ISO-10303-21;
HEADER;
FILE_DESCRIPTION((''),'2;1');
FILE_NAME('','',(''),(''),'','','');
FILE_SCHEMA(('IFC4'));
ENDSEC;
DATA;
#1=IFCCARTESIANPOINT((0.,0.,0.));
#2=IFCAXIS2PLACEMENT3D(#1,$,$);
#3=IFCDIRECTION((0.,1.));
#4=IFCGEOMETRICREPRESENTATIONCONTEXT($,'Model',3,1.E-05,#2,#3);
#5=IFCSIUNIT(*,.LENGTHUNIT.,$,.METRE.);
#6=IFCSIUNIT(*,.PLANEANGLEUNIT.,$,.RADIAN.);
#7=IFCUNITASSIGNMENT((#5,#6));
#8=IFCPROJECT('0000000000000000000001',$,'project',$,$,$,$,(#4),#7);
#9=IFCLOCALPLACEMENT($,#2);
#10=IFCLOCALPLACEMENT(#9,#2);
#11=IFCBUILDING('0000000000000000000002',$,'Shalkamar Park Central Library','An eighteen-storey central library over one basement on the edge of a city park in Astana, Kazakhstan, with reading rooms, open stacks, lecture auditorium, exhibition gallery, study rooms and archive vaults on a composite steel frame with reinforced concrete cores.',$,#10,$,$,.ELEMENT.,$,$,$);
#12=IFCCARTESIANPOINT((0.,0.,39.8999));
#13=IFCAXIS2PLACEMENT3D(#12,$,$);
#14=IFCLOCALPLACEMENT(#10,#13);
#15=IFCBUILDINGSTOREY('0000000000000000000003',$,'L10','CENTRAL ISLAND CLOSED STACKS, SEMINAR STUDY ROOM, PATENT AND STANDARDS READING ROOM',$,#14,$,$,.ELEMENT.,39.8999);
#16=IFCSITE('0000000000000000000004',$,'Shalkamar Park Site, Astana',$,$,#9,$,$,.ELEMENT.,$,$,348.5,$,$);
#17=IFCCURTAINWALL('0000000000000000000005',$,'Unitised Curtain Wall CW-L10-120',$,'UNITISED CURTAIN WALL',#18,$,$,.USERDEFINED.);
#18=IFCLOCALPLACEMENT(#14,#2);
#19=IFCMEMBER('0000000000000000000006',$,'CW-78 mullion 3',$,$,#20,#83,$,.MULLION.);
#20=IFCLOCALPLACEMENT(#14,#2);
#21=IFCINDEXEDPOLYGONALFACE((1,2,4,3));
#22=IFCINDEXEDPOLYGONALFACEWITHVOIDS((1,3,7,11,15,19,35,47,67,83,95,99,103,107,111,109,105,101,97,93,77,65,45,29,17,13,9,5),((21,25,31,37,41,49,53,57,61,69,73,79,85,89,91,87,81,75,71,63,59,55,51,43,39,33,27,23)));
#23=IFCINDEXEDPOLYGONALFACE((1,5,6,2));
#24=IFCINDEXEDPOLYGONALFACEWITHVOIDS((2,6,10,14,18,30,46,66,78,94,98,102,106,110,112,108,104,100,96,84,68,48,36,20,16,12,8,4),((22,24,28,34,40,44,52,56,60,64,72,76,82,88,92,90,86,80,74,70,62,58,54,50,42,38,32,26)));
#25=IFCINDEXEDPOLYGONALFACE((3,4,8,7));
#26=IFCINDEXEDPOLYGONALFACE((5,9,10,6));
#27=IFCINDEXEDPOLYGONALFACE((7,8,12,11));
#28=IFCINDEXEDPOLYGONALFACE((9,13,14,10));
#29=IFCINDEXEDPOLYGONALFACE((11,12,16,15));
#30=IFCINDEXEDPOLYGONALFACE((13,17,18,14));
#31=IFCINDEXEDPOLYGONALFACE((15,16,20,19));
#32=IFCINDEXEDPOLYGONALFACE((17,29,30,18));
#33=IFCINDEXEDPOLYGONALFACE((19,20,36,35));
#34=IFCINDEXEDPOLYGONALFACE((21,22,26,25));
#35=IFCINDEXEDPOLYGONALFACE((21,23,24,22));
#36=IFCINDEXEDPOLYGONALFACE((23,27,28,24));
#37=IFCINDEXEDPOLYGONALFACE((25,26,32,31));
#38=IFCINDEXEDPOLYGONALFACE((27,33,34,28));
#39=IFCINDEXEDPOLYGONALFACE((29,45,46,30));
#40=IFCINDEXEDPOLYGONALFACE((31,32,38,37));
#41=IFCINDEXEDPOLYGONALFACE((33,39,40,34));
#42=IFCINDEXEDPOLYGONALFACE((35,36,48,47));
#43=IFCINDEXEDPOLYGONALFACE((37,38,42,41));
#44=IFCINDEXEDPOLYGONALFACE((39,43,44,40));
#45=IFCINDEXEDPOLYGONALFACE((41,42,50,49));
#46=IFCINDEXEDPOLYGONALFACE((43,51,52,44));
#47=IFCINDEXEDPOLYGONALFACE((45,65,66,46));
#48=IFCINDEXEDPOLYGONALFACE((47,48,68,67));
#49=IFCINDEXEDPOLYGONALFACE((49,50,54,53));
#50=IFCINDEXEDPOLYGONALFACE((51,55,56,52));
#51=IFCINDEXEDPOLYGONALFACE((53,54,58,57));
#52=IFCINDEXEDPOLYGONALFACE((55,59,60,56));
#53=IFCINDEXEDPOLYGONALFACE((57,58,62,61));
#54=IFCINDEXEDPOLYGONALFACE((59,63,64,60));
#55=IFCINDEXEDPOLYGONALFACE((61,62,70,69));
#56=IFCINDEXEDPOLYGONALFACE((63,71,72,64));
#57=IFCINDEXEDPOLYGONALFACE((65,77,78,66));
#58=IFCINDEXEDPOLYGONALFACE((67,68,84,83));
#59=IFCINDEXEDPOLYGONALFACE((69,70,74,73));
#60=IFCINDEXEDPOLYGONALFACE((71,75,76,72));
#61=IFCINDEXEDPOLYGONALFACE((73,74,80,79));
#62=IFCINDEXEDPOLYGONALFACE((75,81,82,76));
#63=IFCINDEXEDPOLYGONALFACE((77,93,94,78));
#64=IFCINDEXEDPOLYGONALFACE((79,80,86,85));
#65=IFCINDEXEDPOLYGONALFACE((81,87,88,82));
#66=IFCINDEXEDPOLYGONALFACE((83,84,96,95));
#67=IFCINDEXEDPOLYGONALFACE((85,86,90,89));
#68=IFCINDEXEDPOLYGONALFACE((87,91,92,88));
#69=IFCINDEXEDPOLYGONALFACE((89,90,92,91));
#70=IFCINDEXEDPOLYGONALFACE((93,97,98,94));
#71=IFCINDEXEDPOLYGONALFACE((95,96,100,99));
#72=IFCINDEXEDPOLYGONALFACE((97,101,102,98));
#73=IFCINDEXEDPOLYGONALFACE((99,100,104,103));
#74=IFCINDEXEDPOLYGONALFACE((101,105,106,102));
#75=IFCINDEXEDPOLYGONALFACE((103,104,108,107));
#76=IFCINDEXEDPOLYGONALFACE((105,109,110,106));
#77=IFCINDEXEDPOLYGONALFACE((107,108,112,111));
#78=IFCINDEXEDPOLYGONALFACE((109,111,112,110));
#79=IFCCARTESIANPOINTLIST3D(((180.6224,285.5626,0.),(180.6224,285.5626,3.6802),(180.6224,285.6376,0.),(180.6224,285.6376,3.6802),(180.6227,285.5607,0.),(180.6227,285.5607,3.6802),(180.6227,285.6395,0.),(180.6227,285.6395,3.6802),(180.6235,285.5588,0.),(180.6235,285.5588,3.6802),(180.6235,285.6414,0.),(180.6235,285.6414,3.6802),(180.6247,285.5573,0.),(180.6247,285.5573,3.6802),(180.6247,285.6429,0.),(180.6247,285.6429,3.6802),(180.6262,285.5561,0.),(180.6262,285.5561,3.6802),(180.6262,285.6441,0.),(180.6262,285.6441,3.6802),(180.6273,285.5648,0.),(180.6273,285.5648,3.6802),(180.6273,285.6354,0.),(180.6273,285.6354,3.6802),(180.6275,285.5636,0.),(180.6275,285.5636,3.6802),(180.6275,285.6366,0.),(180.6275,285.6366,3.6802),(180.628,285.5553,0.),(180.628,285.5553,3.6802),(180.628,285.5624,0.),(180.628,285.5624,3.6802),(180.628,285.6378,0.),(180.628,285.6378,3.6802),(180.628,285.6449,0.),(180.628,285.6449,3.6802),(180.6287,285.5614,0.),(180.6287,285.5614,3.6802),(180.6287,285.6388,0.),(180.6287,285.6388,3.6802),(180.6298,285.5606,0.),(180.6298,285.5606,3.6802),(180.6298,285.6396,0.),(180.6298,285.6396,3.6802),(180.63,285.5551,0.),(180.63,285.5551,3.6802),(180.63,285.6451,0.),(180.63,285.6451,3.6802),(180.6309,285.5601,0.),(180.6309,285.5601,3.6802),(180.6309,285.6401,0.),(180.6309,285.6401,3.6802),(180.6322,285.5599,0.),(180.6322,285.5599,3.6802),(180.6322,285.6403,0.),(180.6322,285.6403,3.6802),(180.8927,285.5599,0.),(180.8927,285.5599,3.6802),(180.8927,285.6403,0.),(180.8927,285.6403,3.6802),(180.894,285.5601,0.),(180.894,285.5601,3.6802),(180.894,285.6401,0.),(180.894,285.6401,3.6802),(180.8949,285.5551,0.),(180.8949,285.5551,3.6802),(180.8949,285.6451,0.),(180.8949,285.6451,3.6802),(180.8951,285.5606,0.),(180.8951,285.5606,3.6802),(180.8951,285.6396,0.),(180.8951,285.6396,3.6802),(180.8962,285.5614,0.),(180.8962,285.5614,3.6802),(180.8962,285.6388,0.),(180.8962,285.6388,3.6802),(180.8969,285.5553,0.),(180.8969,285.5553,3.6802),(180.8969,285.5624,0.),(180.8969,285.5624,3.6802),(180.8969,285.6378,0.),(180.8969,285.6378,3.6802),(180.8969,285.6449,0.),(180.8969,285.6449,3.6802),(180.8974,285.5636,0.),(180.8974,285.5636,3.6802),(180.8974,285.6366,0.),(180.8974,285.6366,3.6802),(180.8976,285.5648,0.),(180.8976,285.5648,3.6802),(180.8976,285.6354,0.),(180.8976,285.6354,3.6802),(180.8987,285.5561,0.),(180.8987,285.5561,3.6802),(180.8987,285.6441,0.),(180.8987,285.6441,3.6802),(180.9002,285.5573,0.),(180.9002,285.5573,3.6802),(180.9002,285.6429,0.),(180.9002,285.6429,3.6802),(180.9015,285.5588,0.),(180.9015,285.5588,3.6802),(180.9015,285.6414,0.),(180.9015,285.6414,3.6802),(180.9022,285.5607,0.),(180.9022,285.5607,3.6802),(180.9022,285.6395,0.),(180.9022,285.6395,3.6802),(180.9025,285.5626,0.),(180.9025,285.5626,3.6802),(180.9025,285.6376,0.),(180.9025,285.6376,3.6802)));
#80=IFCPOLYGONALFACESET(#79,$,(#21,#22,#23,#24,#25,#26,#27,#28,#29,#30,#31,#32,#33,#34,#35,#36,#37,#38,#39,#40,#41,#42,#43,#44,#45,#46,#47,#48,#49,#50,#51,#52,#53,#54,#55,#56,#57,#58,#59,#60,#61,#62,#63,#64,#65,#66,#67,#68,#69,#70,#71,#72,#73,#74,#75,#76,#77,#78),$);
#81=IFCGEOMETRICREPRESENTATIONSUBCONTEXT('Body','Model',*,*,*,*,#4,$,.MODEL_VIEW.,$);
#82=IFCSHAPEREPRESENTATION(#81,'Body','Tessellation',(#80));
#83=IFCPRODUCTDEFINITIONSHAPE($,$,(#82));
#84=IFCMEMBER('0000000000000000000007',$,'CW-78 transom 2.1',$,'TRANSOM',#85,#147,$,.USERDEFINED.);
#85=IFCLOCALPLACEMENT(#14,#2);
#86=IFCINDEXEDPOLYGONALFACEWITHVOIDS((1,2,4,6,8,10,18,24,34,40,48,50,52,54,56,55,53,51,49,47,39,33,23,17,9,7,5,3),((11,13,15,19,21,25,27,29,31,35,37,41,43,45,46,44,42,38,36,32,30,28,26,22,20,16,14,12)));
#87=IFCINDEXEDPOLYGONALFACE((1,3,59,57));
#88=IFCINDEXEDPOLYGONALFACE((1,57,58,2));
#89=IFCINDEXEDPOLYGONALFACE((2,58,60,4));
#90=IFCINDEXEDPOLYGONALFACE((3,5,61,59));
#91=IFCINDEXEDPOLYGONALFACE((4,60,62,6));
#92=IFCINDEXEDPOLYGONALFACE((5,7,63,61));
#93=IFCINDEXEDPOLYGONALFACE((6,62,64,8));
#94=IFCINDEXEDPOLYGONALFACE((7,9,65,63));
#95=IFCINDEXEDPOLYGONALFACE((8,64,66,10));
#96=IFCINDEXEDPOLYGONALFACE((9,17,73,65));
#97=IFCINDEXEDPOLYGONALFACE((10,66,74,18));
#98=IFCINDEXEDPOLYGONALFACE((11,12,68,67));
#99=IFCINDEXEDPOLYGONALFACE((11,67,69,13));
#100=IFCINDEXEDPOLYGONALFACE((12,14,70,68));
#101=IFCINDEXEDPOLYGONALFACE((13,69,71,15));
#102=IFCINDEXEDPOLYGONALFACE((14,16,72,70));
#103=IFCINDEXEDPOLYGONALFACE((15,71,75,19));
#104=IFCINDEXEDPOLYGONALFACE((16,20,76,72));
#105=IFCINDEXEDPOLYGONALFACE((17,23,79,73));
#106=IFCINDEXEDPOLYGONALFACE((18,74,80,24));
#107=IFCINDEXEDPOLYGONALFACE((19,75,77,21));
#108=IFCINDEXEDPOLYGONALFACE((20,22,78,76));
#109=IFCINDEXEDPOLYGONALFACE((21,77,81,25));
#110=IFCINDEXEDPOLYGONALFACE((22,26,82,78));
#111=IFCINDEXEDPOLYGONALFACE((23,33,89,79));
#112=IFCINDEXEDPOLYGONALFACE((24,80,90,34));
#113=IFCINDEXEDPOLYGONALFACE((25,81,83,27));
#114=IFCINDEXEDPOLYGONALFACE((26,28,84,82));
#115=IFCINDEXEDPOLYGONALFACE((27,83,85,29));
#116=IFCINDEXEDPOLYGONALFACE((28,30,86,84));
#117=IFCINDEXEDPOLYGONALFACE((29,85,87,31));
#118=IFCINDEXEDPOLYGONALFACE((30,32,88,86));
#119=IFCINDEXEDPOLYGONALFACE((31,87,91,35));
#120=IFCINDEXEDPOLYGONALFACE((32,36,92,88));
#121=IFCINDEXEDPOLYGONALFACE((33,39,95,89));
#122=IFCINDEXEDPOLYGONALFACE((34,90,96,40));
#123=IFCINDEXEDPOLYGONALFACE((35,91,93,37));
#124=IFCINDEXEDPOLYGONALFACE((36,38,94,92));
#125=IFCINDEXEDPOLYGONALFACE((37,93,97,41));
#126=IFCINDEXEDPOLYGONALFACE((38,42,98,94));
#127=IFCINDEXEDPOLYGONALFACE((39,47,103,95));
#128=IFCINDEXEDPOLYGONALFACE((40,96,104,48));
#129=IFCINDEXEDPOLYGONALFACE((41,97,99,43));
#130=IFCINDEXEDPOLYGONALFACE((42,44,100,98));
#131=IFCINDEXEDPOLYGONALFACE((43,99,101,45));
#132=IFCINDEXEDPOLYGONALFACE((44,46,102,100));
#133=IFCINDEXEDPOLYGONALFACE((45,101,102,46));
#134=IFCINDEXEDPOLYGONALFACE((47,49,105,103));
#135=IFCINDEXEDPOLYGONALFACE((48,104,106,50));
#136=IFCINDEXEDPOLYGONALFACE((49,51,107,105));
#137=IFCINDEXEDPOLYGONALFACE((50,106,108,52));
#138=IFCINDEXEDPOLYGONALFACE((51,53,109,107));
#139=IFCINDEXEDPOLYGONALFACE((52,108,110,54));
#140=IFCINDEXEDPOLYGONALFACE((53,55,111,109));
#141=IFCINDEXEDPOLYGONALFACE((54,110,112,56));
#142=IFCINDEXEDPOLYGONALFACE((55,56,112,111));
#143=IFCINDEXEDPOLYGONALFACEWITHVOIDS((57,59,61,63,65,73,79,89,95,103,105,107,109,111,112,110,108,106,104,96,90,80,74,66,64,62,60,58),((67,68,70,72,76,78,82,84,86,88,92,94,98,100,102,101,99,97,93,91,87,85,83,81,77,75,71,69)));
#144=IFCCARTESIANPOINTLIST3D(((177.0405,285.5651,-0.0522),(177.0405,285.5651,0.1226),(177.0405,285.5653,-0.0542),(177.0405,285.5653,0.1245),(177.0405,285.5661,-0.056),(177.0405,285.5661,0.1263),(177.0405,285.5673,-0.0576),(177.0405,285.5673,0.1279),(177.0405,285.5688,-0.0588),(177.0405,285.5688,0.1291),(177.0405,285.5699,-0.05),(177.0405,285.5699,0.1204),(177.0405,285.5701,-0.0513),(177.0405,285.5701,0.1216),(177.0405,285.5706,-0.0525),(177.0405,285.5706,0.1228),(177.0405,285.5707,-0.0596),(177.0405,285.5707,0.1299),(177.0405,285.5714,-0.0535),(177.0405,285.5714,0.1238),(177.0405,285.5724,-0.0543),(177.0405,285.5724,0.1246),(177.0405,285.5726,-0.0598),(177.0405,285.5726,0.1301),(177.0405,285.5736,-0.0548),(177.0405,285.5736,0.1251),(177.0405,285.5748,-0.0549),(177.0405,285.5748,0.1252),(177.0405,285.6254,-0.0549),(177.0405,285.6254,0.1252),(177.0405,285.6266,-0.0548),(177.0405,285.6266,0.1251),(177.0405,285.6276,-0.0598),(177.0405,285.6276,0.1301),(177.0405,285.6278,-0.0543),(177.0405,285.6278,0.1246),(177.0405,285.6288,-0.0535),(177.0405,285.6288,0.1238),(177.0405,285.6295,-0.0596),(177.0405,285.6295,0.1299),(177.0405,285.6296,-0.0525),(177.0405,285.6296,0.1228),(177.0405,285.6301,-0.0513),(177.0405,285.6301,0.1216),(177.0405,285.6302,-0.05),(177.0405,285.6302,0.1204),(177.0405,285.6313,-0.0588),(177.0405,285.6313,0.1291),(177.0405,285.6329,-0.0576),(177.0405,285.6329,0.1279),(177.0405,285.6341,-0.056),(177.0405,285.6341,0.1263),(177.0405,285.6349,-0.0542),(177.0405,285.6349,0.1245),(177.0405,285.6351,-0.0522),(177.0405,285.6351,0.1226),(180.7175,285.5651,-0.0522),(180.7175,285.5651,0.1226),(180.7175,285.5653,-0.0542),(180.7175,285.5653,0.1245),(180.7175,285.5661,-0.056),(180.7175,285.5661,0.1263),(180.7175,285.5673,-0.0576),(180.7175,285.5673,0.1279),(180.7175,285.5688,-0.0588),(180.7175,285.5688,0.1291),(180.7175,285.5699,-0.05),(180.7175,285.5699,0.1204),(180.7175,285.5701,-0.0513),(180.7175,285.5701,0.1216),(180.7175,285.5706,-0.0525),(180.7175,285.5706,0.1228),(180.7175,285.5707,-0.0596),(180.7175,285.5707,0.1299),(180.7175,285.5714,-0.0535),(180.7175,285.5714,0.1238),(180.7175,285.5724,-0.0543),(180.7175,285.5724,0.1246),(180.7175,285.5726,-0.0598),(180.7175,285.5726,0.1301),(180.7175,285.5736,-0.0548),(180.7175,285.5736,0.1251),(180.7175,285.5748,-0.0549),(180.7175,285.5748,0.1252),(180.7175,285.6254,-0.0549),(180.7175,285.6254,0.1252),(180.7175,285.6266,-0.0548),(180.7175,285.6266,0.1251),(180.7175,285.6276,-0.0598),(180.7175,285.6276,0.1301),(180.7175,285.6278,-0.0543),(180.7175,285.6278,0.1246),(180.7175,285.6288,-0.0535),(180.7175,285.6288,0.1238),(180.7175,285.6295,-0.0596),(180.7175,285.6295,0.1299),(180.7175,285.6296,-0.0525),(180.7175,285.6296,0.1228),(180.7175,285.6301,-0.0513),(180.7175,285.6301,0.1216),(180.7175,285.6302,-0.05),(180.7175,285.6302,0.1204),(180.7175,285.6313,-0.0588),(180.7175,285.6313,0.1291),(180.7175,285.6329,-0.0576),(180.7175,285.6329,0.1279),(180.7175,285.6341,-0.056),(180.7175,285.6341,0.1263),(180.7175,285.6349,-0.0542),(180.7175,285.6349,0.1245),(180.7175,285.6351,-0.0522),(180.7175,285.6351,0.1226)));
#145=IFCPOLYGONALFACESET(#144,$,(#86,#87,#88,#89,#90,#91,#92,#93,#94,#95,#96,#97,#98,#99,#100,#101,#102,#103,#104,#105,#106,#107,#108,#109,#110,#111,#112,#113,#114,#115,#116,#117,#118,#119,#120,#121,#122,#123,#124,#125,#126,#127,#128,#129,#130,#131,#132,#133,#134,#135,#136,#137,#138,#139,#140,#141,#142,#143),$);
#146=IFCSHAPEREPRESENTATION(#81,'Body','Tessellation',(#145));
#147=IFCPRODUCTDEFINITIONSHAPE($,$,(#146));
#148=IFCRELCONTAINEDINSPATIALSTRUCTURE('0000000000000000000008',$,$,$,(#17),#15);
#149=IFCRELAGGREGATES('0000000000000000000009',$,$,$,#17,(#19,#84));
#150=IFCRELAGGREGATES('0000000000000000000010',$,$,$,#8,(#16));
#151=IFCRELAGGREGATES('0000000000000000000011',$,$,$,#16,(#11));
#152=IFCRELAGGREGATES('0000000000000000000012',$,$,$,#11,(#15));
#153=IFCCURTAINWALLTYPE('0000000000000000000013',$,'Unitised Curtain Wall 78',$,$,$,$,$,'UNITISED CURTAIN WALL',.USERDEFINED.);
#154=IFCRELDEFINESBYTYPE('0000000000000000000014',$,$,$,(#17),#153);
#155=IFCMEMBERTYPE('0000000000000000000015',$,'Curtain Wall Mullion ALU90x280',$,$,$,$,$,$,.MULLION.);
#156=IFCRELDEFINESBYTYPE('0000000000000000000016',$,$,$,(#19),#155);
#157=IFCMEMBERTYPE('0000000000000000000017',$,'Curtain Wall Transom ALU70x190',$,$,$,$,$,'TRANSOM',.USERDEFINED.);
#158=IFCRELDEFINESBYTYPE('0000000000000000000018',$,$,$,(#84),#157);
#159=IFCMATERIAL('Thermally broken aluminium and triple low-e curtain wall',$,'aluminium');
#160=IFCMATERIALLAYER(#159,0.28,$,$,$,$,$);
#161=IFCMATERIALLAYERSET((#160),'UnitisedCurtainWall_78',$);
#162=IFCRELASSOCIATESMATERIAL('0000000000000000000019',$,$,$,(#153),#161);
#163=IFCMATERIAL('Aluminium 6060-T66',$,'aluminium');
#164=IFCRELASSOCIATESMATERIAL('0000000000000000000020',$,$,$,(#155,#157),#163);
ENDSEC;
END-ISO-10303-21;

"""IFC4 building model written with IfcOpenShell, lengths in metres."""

from ifc_helpers import new_model, si_unit, direction, frame, origin, origin_2d, place, context, subcontext, project, spatial, hollow_rectangle, extrude, material, layer, layer_set, material_profile, profile_set, type_object, element, aggregate, save


model = new_model("IFC4")

# Units and contexts
model_context = context("Model", 3, precision=1e-05, world=origin(), true_north=direction((0.0, 1.0)))
body_context = subcontext(model_context, "Body", "Model", "MODEL_VIEW")
ifc_project = project(units=[si_unit("LENGTHUNIT", "METRE"), si_unit("PLANEANGLEUNIT", "RADIAN")], contexts=[model_context])

# Site, building, storey
site_placement = place(None, origin())
site = spatial("IfcSite", under=ifc_project, at=site_placement, Name="Shalkamar Park Site, Astana", CompositionType="ELEMENT", RefElevation=348.5)
building_placement = place(site_placement, origin())
building = spatial("IfcBuilding", under=site, at=building_placement, Name="Shalkamar Park Central Library", Description="An eighteen-storey central library over one basement on the edge of a city park in Astana, Kazakhstan, with reading rooms, open stacks, lecture auditorium, exhibition gallery, study rooms and archive vaults on a composite steel frame with reinforced concrete cores.", CompositionType="ELEMENT")
storey_placement = place(building_placement, frame((0.0, 0.0, 39.8999)))
storey = spatial("IfcBuildingStorey", under=building, at=storey_placement, Name="L10", Description="CENTRAL ISLAND CLOSED STACKS, SEMINAR STUDY ROOM, PATENT AND STANDARDS READING ROOM", CompositionType="ELEMENT", Elevation=39.8999)

# Shared definitions
ifc_material_1 = material(Name="Thermally broken aluminium and triple low-e curtain wall", Category="aluminium")
ifc_material_2 = material(Name="Aluminium 6060-T66", Category="aluminium")

# Curtain wall, members
ifc_layer_1 = layer(ifc_material_1, 0.28)
ifc_layer_set_1 = layer_set([ifc_layer_1], Name="UnitisedCurtainWall_78")
curtain_wall_type_1 = type_object("IfcCurtainWallType", Name="Unitised Curtain Wall 78", ElementType="UNITISED CURTAIN WALL", PredefinedType="USERDEFINED", material=ifc_layer_set_1)
curtain_wall_1_placement = place(storey_placement, origin())
curtain_wall_1 = element("IfcCurtainWall", 1, at=curtain_wall_1_placement, inside=storey, type_object=curtain_wall_type_1, Name="Unitised Curtain Wall CW-L10-120", ObjectType="UNITISED CURTAIN WALL", PredefinedType="USERDEFINED")
ifc_material_profile_1 = material_profile(ifc_material_2, hollow_rectangle(XDim=0.0901, YDim=0.28, WallThickness=0.0049, InnerFilletRadius=0.0049, OuterFilletRadius=0.0076, at=origin_2d()), Name="ALU 90x280x5")
ifc_profile_set_1 = profile_set([ifc_material_profile_1], Name="Aluminium 6060-T66")
member_type_1 = type_object("IfcMemberType", Name="Curtain Wall Mullion ALU90x280", PredefinedType="MULLION", material=ifc_profile_set_1)
member_1_placement = place(storey_placement, frame((180.7625, 285.6001, 0.0), z_axis=(0.0, 0.0, 1.0), x_axis=(0.0, 1.0, 0.0)))
member_1 = element("IfcMember", 2, at=member_1_placement, type_object=member_type_1, Name="CW-78 mullion 3", PredefinedType="MULLION", context=body_context, shape_type="SweptSolid", body=[
    extrude(hollow_rectangle(XDim=0.0901, YDim=0.28, WallThickness=0.0049, InnerFilletRadius=0.0049, OuterFilletRadius=0.0076, at=origin_2d()), origin(), (0.0, 0.0, 1.0), 3.6802),
])
ifc_material_profile_2 = material_profile(ifc_material_2, hollow_rectangle(XDim=0.0701, YDim=0.1899, WallThickness=0.0049, InnerFilletRadius=0.0049, OuterFilletRadius=0.0076, at=origin_2d()), Name="ALU 70x190x5")
ifc_profile_set_2 = profile_set([ifc_material_profile_2], Name="Aluminium 6060-T66")
member_type_2 = type_object("IfcMemberType", Name="Curtain Wall Transom ALU70x190", ElementType="TRANSOM", PredefinedType="USERDEFINED", material=ifc_profile_set_2)
member_2_placement = place(storey_placement, frame((177.0405, 285.6001, 0.0352), z_axis=(1.0, 0.0, 0.0), x_axis=(0.0, 1.0, 0.0)))
member_2 = element("IfcMember", 3, at=member_2_placement, type_object=member_type_2, Name="CW-78 transom 2.1", ObjectType="TRANSOM", PredefinedType="USERDEFINED", context=body_context, shape_type="SweptSolid", body=[
    extrude(hollow_rectangle(XDim=0.0701, YDim=0.1899, WallThickness=0.0049, InnerFilletRadius=0.0049, OuterFilletRadius=0.0076, at=origin_2d()), origin(), (0.0, 0.0, 1.0), 3.677),
])

aggregate(curtain_wall_1, [member_1, member_2])

save(model, "model.ifc")
